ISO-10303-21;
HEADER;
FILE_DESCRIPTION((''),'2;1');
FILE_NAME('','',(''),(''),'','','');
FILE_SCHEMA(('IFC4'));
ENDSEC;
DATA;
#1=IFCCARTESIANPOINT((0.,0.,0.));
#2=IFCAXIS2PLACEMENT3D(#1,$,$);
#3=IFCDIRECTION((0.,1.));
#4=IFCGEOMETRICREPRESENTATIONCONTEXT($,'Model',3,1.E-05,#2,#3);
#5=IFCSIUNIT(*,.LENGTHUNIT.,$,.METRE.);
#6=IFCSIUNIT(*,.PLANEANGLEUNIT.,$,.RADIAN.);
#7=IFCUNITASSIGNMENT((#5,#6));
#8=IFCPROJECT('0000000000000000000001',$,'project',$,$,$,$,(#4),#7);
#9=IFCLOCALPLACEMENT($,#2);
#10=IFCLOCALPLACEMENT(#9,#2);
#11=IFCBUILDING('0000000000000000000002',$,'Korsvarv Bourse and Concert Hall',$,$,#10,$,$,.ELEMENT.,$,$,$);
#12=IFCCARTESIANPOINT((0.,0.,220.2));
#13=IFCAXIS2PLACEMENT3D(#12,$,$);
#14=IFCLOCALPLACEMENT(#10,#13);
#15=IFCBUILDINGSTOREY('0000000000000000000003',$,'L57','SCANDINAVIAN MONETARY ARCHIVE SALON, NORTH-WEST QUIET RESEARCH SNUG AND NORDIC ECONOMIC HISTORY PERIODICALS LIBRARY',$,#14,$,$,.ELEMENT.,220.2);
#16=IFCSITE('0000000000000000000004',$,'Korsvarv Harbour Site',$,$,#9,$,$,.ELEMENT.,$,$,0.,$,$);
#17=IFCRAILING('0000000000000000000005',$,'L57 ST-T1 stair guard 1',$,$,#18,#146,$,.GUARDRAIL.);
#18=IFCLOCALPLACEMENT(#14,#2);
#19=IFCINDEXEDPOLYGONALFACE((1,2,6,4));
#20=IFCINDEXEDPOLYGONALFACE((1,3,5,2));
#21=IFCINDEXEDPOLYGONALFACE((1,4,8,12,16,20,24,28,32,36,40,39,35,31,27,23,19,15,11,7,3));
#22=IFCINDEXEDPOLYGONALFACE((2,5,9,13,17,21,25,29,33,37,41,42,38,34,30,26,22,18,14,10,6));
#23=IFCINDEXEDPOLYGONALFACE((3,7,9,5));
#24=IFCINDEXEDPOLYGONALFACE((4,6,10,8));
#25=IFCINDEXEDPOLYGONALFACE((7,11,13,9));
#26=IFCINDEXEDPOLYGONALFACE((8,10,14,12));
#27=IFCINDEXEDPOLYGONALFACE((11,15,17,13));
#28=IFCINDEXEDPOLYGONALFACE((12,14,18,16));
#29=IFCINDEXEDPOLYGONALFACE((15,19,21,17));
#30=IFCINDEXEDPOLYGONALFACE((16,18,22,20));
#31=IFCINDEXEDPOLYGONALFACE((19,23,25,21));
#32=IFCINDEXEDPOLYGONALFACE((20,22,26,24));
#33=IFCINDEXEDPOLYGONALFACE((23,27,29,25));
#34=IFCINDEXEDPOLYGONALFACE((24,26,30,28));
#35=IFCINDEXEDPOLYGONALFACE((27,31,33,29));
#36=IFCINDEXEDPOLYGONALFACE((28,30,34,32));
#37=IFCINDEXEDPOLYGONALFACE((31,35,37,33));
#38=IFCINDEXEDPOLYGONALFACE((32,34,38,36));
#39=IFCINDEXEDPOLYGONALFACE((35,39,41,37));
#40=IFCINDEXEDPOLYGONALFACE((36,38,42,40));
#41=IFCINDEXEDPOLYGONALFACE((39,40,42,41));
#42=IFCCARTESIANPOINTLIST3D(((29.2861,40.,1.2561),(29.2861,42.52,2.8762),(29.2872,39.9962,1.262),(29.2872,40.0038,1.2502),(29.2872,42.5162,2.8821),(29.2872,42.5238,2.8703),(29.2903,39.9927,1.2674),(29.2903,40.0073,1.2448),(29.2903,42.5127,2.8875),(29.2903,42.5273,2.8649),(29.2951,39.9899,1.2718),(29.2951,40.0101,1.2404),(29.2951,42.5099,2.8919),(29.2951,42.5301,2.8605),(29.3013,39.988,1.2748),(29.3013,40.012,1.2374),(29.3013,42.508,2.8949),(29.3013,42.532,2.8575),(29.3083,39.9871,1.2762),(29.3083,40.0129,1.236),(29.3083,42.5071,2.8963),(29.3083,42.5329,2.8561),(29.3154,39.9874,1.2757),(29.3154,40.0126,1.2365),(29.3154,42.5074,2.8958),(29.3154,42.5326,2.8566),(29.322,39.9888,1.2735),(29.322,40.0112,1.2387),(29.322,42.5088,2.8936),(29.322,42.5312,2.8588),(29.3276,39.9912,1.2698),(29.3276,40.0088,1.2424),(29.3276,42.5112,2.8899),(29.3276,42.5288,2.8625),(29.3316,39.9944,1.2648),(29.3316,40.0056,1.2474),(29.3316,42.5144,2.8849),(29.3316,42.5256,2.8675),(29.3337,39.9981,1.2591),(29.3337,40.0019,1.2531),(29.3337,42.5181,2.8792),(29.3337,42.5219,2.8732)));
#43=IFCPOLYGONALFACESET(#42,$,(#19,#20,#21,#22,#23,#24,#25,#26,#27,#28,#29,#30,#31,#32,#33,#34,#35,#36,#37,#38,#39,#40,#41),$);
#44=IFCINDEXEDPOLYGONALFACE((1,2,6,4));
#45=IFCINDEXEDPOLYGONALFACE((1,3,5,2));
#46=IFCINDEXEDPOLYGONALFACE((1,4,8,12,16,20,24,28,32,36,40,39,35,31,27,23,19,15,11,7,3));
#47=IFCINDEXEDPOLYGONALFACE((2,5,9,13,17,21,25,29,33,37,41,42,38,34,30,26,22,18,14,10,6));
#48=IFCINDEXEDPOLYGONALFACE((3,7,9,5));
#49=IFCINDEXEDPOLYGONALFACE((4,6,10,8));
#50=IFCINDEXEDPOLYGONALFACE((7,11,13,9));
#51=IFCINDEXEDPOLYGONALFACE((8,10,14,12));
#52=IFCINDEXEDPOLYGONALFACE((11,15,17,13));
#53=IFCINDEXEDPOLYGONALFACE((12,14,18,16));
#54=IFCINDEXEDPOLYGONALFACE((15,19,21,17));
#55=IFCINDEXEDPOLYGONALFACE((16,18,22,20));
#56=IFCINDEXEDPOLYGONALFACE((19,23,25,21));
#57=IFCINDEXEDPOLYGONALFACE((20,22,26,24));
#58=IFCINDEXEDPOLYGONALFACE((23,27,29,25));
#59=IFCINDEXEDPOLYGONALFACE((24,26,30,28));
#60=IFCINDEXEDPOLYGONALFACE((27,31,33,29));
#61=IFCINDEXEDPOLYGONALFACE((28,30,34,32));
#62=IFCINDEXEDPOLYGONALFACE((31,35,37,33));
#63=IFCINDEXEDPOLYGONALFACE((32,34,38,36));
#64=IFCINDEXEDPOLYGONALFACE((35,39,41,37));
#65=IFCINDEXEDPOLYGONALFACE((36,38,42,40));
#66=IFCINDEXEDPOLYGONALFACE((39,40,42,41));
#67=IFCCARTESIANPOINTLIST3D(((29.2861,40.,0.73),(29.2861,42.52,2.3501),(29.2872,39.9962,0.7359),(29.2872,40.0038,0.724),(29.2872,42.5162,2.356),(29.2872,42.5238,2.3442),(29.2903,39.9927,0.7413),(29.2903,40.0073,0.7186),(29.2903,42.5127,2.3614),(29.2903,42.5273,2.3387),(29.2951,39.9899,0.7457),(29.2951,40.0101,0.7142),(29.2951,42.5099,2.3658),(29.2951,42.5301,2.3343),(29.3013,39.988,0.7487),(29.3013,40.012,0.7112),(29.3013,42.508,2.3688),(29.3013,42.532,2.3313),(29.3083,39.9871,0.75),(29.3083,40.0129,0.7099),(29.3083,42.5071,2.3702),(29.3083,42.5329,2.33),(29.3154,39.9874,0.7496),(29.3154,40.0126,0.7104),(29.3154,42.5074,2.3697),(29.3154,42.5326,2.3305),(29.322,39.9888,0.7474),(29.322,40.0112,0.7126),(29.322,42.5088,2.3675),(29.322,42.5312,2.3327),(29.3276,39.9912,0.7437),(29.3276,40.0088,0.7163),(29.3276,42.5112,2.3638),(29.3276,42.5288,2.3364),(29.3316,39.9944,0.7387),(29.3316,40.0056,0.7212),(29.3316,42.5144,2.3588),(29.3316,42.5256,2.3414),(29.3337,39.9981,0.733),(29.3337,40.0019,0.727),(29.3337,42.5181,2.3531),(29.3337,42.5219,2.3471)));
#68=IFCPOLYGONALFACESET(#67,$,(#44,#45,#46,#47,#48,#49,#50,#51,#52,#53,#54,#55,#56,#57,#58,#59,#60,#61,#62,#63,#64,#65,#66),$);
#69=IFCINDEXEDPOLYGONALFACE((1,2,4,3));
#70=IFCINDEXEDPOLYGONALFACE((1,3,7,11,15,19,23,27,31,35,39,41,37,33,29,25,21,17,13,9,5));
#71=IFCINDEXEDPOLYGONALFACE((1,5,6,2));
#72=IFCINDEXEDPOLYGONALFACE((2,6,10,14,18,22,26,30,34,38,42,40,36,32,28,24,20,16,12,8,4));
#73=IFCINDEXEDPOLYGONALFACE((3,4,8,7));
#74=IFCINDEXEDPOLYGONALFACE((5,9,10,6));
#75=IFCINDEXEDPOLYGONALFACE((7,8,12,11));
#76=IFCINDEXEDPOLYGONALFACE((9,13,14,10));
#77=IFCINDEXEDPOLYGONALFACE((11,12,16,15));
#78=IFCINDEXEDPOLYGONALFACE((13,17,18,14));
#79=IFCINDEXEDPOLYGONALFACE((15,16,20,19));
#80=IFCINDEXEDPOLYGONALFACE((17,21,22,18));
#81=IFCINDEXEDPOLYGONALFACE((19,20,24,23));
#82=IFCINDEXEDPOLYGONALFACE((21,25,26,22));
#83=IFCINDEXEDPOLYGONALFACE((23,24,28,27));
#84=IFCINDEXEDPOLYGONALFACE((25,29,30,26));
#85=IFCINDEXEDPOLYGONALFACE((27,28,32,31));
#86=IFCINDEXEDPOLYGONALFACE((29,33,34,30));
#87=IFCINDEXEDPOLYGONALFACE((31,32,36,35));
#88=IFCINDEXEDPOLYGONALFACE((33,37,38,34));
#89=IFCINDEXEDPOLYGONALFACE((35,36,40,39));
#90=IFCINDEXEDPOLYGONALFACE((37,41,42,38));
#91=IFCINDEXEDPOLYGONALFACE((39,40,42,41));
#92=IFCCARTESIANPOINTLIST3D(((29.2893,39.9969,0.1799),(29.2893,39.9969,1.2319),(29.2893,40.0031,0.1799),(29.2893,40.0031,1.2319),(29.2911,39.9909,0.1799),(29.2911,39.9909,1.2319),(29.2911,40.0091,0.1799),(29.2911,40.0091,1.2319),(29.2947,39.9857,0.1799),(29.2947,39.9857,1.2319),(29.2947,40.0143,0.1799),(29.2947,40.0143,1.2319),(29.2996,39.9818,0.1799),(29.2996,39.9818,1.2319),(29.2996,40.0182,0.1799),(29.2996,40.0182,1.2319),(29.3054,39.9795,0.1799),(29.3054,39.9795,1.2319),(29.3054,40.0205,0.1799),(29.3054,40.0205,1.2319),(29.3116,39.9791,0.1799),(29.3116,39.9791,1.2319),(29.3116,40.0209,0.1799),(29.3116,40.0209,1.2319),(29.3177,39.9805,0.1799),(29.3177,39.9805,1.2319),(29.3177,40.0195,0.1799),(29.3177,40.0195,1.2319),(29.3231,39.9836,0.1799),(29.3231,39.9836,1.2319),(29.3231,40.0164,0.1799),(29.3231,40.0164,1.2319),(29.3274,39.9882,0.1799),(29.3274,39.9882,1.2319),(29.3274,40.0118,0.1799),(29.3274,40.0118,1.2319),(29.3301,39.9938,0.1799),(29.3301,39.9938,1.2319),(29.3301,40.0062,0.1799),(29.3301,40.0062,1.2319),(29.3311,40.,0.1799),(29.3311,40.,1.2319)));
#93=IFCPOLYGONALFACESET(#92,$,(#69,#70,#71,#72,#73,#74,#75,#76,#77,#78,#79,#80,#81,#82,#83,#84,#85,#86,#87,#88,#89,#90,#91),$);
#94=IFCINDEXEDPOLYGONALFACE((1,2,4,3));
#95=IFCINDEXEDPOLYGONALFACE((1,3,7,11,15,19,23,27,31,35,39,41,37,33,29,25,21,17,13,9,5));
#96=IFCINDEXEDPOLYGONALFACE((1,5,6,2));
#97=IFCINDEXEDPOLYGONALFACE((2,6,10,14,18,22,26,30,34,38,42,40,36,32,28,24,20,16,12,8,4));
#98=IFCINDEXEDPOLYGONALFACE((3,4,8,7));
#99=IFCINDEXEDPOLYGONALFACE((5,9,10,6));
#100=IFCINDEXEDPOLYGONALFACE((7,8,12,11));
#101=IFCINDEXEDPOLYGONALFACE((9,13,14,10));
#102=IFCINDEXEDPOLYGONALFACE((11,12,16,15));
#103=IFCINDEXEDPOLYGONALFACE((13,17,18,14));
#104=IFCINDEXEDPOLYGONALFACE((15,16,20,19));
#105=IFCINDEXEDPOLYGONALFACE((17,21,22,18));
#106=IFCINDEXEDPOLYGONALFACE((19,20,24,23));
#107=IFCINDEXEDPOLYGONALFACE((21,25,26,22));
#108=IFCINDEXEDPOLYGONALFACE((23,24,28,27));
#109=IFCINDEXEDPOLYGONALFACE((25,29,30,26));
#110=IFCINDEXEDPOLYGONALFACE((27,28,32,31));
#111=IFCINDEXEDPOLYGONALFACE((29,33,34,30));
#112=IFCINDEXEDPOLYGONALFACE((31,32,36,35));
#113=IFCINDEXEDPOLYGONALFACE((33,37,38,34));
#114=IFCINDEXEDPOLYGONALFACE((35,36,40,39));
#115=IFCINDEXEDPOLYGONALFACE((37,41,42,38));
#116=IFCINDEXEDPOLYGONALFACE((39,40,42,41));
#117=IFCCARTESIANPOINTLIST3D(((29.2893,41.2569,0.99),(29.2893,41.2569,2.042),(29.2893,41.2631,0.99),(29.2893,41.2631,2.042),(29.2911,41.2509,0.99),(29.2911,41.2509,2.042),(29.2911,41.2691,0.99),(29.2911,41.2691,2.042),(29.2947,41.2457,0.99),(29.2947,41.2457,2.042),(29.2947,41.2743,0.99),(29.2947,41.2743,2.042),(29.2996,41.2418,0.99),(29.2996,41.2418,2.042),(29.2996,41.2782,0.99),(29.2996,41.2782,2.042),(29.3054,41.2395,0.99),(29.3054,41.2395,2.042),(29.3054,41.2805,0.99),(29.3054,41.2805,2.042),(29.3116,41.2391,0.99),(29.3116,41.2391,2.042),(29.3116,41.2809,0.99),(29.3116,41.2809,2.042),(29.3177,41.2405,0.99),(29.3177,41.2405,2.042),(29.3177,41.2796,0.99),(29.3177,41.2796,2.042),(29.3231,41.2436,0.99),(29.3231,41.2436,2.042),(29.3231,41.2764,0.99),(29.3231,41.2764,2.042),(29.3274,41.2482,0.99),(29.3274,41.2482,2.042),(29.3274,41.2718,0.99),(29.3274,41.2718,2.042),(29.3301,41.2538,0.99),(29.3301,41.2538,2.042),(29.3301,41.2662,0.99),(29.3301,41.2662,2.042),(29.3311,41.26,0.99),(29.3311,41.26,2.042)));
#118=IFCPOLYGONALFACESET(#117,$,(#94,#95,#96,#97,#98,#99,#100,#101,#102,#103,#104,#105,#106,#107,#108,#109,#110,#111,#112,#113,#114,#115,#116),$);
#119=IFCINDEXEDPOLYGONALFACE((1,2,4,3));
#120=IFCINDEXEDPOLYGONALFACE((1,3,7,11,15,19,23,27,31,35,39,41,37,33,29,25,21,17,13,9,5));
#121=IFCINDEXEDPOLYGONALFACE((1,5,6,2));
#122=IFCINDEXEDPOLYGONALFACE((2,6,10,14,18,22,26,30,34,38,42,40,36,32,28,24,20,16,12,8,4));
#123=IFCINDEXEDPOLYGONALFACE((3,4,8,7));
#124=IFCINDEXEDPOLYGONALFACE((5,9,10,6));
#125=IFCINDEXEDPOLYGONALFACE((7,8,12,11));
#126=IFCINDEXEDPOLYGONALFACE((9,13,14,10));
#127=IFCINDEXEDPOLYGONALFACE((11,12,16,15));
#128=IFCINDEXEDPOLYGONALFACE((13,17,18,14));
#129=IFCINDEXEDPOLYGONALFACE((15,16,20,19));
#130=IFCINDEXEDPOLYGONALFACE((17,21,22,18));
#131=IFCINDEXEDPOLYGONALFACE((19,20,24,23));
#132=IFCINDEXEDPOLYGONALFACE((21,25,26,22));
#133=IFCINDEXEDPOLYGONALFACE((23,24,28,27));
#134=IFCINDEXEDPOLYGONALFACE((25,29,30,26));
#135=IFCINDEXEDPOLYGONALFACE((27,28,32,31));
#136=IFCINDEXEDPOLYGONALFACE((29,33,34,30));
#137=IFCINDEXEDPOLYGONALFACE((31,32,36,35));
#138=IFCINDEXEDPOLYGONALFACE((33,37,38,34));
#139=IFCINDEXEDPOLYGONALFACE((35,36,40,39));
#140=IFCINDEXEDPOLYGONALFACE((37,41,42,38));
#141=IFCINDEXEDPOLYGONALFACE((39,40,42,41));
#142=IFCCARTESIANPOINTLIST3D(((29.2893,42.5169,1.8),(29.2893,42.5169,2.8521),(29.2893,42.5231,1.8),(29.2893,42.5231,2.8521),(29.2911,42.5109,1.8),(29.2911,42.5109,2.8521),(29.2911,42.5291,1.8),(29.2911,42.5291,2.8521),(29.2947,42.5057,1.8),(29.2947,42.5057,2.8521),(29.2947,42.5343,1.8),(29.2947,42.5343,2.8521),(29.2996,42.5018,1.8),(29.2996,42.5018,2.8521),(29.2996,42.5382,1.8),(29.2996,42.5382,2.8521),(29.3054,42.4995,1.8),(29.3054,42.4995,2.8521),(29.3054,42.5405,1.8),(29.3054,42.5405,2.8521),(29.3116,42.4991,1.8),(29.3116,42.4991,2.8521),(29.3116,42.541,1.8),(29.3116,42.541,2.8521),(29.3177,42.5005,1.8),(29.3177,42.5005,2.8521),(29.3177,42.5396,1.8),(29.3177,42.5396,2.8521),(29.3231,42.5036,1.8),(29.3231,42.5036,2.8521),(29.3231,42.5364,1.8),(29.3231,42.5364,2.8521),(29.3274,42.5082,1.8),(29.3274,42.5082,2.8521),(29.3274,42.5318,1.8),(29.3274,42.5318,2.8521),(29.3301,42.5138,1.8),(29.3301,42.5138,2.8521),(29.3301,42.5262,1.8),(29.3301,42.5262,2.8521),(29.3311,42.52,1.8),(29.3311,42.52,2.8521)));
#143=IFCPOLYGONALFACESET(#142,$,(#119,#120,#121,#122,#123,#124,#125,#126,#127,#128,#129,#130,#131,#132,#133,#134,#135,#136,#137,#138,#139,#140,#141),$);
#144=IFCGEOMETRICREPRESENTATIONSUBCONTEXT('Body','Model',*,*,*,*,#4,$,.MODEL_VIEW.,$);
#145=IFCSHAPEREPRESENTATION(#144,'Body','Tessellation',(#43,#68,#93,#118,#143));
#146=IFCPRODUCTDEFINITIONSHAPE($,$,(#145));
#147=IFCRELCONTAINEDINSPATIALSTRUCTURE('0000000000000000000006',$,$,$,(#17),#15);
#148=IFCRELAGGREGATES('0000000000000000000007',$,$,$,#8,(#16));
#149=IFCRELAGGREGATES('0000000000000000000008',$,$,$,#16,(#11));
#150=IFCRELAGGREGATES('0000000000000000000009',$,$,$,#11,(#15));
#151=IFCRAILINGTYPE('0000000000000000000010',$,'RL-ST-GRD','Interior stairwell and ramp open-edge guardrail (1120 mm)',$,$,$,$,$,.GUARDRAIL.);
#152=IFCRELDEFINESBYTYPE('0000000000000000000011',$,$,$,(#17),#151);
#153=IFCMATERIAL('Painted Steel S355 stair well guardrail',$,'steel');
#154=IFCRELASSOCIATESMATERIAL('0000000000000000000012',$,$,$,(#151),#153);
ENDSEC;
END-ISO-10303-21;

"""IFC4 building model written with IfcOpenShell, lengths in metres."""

from ifc_helpers import new_model, si_unit, direction, frame, origin, origin_2d, place, context, subcontext, project, spatial, circle, extrude, material, type_object, element, save


model = new_model("IFC4")

# Units and contexts
model_context = context("Model", 3, precision=1e-05, world=origin(), true_north=direction((0.0, 1.0)))
body_context = subcontext(model_context, "Body", "Model", "MODEL_VIEW")
ifc_project = project(units=[si_unit("LENGTHUNIT", "METRE"), si_unit("PLANEANGLEUNIT", "RADIAN")], contexts=[model_context])

# Site, building, storey
site_placement = place(None, origin())
site = spatial("IfcSite", under=ifc_project, at=site_placement, Name="Korsvarv Harbour Site", CompositionType="ELEMENT", RefElevation=0.0)
building_placement = place(site_placement, origin())
building = spatial("IfcBuilding", under=site, at=building_placement, Name="Korsvarv Bourse and Concert Hall", CompositionType="ELEMENT")
storey_placement = place(building_placement, frame((0.0, 0.0, 220.2)))
storey = spatial("IfcBuildingStorey", under=building, at=storey_placement, Name="L57", Description="SCANDINAVIAN MONETARY ARCHIVE SALON, NORTH-WEST QUIET RESEARCH SNUG AND NORDIC ECONOMIC HISTORY PERIODICALS LIBRARY", CompositionType="ELEMENT", Elevation=220.2)

# Railing
ifc_material_1 = material(Name="Painted Steel S355 stair well guardrail", Category="steel")
railing_type_1 = type_object("IfcRailingType", Name="RL-ST-GRD", Description="Interior stairwell and ramp open-edge guardrail (1120 mm)", PredefinedType="GUARDRAIL", material=ifc_material_1)
railing_1_placement = place(storey_placement, frame((29.3101, 40.0, 0.1799)))
element("IfcRailing", 1, at=railing_1_placement, inside=storey, type_object=railing_type_1, Name="L57 ST-T1 stair guard 1", PredefinedType="GUARDRAIL", context=body_context, shape_type="SweptSolid", body=[
    extrude(circle(Radius=0.0239, at=origin_2d()), frame((0.0, 0.0, 1.0762), z_axis=(0.0, 0.841163, 0.540782), x_axis=(-1.0, 0.0, 0.0)), (0.0, 0.0, 1.0), 2.9958),
    extrude(circle(Radius=0.0239, at=origin_2d()), frame((0.0, 0.0, 0.55), z_axis=(0.0, 0.841163, 0.540782), x_axis=(-1.0, 0.0, 0.0)), (0.0, 0.0, 1.0), 2.9958),
    extrude(circle(Radius=0.021, at=origin_2d()), origin(), (0.0, 0.0, 1.0), 1.052),
    extrude(circle(Radius=0.021, at=origin_2d()), frame((0.0, 1.26, 0.8101)), (0.0, 0.0, 1.0), 1.052),
    extrude(circle(Radius=0.021, at=origin_2d()), frame((0.0, 2.52, 1.6201)), (0.0, 0.0, 1.0), 1.052),
])

save(model, "model.ifc")
